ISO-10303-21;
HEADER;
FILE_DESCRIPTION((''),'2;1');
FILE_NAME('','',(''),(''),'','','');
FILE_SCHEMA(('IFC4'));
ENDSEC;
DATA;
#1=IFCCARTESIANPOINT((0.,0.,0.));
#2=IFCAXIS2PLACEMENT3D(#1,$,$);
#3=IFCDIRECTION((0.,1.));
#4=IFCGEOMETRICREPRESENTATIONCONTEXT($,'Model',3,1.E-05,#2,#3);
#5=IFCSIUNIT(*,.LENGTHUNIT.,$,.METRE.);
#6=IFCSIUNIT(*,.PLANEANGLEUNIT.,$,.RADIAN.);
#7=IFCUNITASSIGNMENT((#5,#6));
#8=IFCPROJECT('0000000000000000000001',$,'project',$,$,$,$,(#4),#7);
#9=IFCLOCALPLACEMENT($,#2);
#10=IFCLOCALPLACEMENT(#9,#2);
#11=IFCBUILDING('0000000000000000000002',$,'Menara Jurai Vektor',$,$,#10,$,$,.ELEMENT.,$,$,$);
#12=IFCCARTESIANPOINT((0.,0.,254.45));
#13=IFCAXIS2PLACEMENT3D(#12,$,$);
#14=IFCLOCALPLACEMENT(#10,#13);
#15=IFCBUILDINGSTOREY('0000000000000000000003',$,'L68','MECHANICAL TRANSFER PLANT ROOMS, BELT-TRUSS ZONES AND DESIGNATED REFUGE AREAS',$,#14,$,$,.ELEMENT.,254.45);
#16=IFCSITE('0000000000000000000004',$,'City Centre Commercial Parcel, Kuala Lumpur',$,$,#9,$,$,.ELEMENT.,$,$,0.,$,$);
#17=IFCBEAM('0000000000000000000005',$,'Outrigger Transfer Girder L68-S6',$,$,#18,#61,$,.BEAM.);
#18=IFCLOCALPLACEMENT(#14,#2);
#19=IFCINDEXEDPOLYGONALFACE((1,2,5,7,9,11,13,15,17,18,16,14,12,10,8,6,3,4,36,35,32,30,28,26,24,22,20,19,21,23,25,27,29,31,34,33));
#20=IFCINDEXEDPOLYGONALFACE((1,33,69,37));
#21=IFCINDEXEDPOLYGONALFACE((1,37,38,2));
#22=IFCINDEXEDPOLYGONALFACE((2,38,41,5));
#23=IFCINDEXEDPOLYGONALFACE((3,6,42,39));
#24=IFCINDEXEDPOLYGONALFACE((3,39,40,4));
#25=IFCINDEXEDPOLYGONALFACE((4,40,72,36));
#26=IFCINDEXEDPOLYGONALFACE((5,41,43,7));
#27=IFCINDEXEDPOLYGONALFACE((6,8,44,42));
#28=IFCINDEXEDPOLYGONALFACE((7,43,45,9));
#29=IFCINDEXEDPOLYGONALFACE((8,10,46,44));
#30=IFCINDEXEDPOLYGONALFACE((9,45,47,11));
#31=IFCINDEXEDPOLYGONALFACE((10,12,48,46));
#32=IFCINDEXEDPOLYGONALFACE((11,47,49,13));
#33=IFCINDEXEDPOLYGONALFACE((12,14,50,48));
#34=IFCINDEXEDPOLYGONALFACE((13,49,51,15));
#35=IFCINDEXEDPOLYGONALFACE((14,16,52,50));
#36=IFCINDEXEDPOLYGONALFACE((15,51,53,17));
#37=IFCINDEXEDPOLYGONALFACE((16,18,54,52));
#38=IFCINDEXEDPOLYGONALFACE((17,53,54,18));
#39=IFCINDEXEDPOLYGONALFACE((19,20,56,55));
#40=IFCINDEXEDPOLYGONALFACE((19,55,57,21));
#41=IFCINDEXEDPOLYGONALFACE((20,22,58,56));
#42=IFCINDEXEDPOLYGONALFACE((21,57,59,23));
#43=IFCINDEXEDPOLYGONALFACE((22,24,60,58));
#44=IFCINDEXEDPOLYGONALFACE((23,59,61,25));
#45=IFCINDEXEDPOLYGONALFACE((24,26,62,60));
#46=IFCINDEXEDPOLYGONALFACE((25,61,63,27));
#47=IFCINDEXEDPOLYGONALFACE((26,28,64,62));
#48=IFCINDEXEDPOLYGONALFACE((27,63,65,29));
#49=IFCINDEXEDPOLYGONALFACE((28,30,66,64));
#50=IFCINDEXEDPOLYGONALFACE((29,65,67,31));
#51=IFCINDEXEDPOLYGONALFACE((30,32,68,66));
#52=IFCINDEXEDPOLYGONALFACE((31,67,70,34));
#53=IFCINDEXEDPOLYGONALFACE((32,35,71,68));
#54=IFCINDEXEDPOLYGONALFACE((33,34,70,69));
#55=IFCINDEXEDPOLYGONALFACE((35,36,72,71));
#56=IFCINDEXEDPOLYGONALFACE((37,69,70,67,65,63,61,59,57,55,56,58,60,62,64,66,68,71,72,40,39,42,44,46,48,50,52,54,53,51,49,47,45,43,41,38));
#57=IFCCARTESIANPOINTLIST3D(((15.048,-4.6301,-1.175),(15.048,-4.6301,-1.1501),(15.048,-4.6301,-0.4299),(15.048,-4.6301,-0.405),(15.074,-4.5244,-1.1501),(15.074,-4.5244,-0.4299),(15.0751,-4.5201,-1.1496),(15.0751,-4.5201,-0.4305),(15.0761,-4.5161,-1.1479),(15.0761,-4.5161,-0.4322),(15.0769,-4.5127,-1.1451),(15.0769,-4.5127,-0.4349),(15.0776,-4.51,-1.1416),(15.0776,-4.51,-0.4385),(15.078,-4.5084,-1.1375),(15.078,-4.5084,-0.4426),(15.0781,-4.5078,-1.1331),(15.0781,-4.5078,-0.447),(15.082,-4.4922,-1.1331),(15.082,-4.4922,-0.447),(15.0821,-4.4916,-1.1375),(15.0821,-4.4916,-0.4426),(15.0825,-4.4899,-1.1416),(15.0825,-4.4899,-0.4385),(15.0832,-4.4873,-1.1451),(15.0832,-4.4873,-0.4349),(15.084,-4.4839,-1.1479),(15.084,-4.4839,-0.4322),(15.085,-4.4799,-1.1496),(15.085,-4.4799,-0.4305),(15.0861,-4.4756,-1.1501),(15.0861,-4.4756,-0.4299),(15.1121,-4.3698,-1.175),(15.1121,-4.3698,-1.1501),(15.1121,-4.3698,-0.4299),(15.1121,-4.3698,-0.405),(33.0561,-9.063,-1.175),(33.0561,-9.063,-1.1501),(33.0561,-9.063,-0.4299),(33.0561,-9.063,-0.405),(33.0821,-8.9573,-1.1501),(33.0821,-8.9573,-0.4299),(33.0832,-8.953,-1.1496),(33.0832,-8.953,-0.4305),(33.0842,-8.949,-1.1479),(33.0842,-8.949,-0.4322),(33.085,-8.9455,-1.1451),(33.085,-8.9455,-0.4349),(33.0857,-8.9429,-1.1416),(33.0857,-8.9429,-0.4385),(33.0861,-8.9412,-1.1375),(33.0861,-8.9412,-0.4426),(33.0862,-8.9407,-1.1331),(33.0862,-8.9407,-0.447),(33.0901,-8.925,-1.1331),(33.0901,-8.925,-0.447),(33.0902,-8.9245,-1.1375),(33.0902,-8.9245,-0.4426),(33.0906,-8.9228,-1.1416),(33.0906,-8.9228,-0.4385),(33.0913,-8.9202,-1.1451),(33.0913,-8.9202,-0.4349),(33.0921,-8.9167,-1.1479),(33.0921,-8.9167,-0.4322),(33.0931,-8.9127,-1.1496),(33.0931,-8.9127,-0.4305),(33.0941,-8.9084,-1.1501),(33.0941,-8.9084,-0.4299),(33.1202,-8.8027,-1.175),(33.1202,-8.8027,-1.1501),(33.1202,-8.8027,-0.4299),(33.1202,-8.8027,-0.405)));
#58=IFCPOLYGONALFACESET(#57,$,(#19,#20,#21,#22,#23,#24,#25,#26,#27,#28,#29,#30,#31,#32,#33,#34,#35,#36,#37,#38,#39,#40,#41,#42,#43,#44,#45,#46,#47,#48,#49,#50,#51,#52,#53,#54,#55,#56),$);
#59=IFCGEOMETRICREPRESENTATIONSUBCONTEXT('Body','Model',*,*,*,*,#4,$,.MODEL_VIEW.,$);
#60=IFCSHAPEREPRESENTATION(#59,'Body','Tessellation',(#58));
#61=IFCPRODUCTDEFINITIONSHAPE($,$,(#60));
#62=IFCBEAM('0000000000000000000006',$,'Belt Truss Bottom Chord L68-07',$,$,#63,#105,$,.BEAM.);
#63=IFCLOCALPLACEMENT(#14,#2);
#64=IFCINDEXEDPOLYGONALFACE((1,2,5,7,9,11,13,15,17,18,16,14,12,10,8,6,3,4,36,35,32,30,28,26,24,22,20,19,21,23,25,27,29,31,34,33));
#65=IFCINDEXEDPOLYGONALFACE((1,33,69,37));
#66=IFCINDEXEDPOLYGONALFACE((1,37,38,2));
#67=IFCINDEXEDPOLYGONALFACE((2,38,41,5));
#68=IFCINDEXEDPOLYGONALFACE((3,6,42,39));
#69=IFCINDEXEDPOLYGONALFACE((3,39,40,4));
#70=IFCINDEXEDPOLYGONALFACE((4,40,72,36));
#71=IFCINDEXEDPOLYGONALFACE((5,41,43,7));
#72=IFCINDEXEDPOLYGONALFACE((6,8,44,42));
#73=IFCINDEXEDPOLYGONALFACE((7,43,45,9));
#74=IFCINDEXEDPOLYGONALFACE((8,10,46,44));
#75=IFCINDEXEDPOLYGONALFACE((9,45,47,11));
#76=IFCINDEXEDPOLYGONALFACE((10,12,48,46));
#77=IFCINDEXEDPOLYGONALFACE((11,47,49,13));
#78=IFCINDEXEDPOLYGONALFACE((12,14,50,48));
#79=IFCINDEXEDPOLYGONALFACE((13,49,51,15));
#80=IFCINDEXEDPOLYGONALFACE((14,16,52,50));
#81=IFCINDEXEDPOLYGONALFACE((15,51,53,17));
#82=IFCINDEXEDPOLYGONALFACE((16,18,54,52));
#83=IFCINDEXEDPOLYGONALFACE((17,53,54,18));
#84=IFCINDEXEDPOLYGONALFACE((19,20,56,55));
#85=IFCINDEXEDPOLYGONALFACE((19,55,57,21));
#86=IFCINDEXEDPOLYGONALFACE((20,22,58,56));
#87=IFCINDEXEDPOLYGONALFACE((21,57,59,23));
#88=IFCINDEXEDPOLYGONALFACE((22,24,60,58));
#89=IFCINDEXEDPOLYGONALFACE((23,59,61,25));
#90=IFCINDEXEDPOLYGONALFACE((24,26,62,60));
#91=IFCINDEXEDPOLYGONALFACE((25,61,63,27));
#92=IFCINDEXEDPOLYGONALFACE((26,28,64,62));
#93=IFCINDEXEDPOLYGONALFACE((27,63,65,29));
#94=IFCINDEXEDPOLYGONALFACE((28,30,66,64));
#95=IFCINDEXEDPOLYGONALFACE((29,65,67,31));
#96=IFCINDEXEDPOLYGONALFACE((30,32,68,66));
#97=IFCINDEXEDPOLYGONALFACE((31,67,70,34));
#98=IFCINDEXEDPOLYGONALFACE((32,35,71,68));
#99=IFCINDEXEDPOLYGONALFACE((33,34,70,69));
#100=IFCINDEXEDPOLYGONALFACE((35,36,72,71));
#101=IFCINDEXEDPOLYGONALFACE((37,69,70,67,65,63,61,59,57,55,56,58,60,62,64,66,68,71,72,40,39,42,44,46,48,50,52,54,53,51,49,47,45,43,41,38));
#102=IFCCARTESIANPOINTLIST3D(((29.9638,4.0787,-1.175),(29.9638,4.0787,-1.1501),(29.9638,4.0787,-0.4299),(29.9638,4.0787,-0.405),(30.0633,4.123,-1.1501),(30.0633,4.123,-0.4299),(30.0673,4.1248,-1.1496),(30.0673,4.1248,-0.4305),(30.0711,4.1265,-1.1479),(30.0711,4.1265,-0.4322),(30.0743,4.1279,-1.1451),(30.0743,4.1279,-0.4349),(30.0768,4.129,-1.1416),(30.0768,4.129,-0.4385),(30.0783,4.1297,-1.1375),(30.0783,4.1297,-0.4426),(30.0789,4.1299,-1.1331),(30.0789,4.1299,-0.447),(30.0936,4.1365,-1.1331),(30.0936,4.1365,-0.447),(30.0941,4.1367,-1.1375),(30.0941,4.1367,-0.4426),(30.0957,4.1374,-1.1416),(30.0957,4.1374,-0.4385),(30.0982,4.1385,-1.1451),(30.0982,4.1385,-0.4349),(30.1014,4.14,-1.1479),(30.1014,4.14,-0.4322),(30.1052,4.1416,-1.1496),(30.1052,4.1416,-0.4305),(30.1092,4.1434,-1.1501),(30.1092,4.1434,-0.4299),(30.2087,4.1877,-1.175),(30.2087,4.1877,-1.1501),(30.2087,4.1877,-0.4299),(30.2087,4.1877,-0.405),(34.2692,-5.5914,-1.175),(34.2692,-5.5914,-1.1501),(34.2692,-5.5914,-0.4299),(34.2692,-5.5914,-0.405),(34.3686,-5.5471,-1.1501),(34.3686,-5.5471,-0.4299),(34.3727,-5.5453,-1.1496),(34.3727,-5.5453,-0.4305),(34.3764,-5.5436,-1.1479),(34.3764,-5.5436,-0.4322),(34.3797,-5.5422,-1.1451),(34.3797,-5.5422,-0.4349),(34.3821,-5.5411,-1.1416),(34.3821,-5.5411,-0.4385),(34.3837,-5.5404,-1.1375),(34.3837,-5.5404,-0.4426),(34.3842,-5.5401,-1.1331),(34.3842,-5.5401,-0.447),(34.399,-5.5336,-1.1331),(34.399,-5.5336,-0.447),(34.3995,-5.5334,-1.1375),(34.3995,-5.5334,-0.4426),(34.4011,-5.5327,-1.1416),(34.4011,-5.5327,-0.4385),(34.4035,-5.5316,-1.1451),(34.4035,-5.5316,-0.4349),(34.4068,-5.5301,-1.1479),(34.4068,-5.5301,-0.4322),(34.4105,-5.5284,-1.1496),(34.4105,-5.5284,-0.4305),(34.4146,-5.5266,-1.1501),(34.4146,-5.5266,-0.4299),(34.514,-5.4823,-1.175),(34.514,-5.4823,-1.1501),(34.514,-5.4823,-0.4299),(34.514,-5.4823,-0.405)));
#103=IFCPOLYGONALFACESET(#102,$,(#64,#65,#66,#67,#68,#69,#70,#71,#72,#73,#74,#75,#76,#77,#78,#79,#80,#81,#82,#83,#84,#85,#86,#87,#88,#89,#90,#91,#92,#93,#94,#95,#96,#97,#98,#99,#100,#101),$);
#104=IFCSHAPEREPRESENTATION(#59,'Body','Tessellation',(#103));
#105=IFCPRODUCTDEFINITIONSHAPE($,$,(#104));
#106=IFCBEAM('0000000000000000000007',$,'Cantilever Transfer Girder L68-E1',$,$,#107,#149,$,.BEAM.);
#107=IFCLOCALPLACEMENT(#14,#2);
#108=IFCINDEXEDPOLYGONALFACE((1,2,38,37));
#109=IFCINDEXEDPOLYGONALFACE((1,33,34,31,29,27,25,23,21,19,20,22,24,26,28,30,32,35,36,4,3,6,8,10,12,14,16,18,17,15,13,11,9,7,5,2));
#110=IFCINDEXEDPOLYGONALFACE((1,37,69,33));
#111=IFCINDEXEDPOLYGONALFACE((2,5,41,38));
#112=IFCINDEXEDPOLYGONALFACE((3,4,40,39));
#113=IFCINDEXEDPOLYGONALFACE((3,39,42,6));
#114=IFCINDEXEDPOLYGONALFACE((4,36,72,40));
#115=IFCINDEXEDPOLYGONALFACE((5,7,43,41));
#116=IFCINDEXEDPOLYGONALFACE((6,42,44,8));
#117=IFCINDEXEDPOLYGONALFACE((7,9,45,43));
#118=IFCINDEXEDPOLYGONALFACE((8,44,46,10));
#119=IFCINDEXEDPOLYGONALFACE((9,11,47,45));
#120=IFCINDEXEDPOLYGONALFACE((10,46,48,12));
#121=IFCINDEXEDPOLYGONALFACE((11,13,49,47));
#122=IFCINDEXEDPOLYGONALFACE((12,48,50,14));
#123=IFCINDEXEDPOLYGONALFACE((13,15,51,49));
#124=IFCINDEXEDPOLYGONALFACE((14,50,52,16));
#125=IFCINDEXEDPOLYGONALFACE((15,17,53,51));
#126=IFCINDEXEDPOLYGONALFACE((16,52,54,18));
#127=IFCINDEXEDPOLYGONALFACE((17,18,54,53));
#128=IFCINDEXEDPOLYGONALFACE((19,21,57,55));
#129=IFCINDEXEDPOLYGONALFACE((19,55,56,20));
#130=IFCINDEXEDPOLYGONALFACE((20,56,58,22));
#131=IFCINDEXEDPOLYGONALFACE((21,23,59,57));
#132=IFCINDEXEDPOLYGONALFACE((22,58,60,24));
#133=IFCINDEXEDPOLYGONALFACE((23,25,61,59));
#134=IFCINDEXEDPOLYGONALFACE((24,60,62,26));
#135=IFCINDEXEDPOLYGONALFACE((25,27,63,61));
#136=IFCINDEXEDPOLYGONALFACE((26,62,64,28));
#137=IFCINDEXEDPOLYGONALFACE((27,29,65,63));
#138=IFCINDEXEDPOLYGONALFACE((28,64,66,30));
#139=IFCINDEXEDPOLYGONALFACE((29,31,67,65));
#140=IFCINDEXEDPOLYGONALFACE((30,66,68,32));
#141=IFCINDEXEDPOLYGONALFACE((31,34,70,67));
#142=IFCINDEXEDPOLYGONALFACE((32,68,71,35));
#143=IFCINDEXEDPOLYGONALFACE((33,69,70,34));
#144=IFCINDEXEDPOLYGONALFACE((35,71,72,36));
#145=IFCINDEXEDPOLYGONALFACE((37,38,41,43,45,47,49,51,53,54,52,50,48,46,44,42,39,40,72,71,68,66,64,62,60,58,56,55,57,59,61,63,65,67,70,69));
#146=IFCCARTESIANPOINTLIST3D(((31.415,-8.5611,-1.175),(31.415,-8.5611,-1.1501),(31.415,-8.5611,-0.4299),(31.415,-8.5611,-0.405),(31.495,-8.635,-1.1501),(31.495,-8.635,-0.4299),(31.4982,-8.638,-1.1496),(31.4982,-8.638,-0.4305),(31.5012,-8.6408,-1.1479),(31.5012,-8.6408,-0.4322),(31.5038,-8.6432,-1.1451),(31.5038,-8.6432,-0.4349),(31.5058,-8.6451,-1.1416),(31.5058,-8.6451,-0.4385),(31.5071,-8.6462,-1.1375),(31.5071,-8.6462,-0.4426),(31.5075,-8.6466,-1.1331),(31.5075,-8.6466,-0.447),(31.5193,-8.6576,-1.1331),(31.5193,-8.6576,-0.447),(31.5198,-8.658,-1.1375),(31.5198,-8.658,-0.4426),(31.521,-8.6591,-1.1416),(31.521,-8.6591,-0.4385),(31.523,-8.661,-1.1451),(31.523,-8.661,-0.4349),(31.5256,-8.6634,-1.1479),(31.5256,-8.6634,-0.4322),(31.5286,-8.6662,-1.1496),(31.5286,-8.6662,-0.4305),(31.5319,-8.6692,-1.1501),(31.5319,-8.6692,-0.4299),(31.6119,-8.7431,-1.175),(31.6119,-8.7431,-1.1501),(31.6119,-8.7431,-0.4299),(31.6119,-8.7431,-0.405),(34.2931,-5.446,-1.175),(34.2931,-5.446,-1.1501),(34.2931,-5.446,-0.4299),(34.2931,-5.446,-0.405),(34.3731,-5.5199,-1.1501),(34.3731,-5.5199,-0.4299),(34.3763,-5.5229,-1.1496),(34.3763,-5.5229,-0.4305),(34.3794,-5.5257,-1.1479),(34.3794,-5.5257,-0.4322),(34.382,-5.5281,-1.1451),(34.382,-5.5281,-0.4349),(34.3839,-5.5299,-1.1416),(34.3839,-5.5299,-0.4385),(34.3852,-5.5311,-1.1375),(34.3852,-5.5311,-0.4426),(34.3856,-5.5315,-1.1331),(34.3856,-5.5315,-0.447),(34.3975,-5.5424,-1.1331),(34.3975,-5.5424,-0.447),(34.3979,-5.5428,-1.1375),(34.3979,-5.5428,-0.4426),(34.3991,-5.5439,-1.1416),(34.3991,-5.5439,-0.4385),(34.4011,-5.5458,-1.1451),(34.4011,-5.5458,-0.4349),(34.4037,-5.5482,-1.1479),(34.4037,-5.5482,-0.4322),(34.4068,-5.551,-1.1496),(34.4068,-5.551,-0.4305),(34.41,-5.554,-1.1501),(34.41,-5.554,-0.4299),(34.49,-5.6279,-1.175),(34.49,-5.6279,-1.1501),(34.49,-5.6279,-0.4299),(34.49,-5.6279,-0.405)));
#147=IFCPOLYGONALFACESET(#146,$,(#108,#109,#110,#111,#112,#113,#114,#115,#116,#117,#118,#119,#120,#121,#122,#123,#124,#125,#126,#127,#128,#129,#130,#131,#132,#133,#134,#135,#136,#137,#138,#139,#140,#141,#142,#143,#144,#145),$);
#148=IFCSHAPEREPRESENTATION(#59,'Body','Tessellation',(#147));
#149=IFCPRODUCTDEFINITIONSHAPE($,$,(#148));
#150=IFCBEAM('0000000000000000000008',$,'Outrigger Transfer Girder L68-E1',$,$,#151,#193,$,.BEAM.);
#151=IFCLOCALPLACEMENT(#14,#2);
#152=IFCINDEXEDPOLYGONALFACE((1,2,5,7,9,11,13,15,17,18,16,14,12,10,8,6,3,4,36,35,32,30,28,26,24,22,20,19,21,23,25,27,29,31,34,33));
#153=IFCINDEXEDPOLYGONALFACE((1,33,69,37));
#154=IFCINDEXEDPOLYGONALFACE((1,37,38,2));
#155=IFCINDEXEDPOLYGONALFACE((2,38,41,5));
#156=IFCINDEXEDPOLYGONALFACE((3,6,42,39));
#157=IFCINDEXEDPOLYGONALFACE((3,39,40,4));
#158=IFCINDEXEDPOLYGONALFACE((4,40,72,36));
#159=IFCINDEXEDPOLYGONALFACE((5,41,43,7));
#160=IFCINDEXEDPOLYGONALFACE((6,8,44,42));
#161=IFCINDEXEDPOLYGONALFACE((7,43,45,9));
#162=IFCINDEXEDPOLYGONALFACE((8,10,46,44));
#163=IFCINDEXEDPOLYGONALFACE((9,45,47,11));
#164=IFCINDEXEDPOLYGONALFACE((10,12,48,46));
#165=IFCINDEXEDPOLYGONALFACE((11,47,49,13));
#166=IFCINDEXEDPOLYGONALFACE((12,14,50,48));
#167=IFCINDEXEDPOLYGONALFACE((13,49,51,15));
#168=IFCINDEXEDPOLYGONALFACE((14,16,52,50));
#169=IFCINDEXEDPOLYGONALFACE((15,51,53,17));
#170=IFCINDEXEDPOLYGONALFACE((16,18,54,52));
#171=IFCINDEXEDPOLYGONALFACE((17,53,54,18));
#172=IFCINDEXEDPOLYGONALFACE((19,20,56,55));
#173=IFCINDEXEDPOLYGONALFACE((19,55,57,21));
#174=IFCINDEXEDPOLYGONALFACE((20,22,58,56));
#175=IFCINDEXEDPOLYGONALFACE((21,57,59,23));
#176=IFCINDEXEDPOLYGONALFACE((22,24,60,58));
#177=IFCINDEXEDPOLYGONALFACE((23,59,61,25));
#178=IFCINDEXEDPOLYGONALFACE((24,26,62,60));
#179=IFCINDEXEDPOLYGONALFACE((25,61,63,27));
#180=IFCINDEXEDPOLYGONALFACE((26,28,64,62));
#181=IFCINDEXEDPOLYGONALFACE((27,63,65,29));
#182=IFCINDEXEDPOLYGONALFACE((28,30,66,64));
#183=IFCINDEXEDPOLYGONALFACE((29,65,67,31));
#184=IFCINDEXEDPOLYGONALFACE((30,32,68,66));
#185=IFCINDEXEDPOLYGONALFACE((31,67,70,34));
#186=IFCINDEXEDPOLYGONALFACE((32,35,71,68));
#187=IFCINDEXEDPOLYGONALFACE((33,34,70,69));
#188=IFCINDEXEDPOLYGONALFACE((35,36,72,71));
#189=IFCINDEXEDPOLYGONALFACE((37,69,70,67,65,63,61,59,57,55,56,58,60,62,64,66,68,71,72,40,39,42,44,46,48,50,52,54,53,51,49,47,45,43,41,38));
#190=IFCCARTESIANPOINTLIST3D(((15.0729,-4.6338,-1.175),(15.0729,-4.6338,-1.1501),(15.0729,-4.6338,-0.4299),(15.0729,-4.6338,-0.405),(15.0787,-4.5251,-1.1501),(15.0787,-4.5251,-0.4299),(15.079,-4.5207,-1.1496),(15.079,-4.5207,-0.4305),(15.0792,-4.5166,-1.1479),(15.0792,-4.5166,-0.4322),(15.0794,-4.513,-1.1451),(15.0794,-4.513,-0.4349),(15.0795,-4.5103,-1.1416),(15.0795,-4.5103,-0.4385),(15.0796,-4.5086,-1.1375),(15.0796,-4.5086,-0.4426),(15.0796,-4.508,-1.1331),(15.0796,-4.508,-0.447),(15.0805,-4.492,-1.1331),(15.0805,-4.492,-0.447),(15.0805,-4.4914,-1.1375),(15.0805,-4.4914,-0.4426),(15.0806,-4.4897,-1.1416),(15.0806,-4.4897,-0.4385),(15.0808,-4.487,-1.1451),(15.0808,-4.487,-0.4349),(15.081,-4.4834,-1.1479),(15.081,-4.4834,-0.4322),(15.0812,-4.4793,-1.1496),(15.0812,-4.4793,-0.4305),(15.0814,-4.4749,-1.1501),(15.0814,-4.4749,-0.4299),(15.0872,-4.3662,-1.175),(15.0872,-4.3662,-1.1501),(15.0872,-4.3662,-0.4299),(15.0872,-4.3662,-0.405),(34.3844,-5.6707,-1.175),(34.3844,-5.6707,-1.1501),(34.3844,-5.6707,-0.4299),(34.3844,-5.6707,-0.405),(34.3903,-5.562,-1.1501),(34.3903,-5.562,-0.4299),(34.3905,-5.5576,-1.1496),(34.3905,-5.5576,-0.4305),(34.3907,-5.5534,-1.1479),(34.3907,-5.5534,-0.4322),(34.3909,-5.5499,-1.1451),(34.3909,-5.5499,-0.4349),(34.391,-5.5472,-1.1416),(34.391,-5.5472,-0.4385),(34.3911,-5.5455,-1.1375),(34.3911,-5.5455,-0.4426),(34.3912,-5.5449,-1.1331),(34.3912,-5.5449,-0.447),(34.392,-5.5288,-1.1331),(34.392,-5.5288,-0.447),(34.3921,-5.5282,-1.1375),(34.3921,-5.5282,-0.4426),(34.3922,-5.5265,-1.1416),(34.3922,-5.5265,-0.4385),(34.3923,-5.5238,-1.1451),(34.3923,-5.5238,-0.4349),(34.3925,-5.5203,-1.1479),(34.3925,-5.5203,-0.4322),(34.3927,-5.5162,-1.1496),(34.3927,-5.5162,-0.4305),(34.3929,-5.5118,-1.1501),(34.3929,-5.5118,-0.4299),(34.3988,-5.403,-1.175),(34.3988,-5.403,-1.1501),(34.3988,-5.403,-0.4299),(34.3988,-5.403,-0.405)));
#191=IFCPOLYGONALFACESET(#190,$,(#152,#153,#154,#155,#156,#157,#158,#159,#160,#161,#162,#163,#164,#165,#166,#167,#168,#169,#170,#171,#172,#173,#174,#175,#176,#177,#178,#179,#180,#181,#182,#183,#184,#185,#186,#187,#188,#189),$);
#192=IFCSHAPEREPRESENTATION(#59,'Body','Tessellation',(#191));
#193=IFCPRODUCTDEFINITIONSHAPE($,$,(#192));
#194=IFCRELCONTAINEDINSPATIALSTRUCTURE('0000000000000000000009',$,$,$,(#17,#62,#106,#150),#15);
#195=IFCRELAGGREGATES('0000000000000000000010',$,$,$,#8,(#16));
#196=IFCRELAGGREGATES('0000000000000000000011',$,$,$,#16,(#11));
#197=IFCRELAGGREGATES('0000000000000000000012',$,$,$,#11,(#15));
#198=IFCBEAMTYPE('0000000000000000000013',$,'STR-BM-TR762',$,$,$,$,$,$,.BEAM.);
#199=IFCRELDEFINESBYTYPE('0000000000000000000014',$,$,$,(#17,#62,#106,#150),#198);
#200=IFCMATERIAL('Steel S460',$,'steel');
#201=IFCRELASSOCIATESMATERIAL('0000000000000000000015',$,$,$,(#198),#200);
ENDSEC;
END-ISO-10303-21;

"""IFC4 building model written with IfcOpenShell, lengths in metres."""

from ifc_helpers import new_model, si_unit, direction, frame, origin, origin_2d, place, context, subcontext, project, spatial, i_section, extrude, material, material_profile, profile_set, type_object, element, save


model = new_model("IFC4")

# Units and contexts
model_context = context("Model", 3, precision=1e-05, world=origin(), true_north=direction((0.0, 1.0)))
body_context = subcontext(model_context, "Body", "Model", "MODEL_VIEW")
ifc_project = project(units=[si_unit("LENGTHUNIT", "METRE"), si_unit("PLANEANGLEUNIT", "RADIAN")], contexts=[model_context])

# Site, building, storey
site_placement = place(None, origin())
site = spatial("IfcSite", under=ifc_project, at=site_placement, Name="City Centre Commercial Parcel, Kuala Lumpur", CompositionType="ELEMENT", RefElevation=0.0)
building_placement = place(site_placement, origin())
building = spatial("IfcBuilding", under=site, at=building_placement, Name="Menara Jurai Vektor", CompositionType="ELEMENT")
storey_placement = place(building_placement, frame((0.0, 0.0, 254.45)))
storey = spatial("IfcBuildingStorey", under=building, at=storey_placement, Name="L68", Description="MECHANICAL TRANSFER PLANT ROOMS, BELT-TRUSS ZONES AND DESIGNATED REFUGE AREAS", CompositionType="ELEMENT", Elevation=254.45)

# Shared definitions
ifc_material_1 = material(Name="Steel S460", Category="steel")

# Beams
ifc_material_profile_1 = material_profile(ifc_material_1, i_section(OverallWidth=0.2681, OverallDepth=0.77, WebThickness=0.0161, FlangeThickness=0.0249, FilletRadius=0.0171, at=origin_2d()), Name="UKB 762x267x197")
ifc_profile_set_1 = profile_set([ifc_material_profile_1], Name="Steel S460")
beam_type_1 = type_object("IfcBeamType", Name="STR-BM-TR762", PredefinedType="BEAM", material=ifc_profile_set_1)
beam_1_placement = place(storey_placement, frame((33.0881, -8.9329, -0.79), z_axis=(-0.971014, 0.239025, 0.0), x_axis=(-0.239025, -0.971014, 0.0)))
element("IfcBeam", 1, at=beam_1_placement, inside=storey, type_object=beam_type_1, Name="Outrigger Transfer Girder L68-S6", PredefinedType="BEAM", context=body_context, shape_type="SweptSolid", body=[
    extrude(i_section(OverallWidth=0.2681, OverallDepth=0.77, WebThickness=0.0161, FlangeThickness=0.0249, FilletRadius=0.0171, at=origin_2d()), origin(), (0.0, 0.0, 1.0), 18.5457),
])
beam_2_placement = place(storey_placement, frame((34.3916, -5.5369, -0.79), z_axis=(-0.406735, 0.913546, 0.0), x_axis=(-0.913546, -0.406735, 0.0)))
element("IfcBeam", 2, at=beam_2_placement, inside=storey, type_object=beam_type_1, Name="Belt Truss Bottom Chord L68-07", PredefinedType="BEAM", context=body_context, shape_type="SweptSolid", body=[
    extrude(i_section(OverallWidth=0.2681, OverallDepth=0.77, WebThickness=0.0161, FlangeThickness=0.0249, FilletRadius=0.0171, at=origin_2d()), origin(), (0.0, 0.0, 1.0), 10.5852),
])
beam_3_placement = place(storey_placement, frame((31.5134, -8.6521, -0.79), z_axis=(0.678608, 0.734501, 0.0), x_axis=(-0.734501, 0.678608, 0.0)))
element("IfcBeam", 3, at=beam_3_placement, inside=storey, type_object=beam_type_1, Name="Cantilever Transfer Girder L68-E1", PredefinedType="BEAM", context=body_context, shape_type="SweptSolid", body=[
    extrude(i_section(OverallWidth=0.2681, OverallDepth=0.77, WebThickness=0.0161, FlangeThickness=0.0249, FilletRadius=0.0171, at=origin_2d()), origin(), (0.0, 0.0, 1.0), 4.2412),
])
beam_4_placement = place(storey_placement, frame((34.3916, -5.5369, -0.79), z_axis=(-0.998562, 0.053614, 0.0), x_axis=(-0.053614, -0.998562, 0.0)))
element("IfcBeam", 4, at=beam_4_placement, inside=storey, type_object=beam_type_1, Name="Outrigger Transfer Girder L68-E1", PredefinedType="BEAM", context=body_context, shape_type="SweptSolid", body=[
    extrude(i_section(OverallWidth=0.2681, OverallDepth=0.77, WebThickness=0.0161, FlangeThickness=0.0249, FilletRadius=0.0171, at=origin_2d()), origin(), (0.0, 0.0, 1.0), 19.3394),
])

save(model, "model.ifc")
